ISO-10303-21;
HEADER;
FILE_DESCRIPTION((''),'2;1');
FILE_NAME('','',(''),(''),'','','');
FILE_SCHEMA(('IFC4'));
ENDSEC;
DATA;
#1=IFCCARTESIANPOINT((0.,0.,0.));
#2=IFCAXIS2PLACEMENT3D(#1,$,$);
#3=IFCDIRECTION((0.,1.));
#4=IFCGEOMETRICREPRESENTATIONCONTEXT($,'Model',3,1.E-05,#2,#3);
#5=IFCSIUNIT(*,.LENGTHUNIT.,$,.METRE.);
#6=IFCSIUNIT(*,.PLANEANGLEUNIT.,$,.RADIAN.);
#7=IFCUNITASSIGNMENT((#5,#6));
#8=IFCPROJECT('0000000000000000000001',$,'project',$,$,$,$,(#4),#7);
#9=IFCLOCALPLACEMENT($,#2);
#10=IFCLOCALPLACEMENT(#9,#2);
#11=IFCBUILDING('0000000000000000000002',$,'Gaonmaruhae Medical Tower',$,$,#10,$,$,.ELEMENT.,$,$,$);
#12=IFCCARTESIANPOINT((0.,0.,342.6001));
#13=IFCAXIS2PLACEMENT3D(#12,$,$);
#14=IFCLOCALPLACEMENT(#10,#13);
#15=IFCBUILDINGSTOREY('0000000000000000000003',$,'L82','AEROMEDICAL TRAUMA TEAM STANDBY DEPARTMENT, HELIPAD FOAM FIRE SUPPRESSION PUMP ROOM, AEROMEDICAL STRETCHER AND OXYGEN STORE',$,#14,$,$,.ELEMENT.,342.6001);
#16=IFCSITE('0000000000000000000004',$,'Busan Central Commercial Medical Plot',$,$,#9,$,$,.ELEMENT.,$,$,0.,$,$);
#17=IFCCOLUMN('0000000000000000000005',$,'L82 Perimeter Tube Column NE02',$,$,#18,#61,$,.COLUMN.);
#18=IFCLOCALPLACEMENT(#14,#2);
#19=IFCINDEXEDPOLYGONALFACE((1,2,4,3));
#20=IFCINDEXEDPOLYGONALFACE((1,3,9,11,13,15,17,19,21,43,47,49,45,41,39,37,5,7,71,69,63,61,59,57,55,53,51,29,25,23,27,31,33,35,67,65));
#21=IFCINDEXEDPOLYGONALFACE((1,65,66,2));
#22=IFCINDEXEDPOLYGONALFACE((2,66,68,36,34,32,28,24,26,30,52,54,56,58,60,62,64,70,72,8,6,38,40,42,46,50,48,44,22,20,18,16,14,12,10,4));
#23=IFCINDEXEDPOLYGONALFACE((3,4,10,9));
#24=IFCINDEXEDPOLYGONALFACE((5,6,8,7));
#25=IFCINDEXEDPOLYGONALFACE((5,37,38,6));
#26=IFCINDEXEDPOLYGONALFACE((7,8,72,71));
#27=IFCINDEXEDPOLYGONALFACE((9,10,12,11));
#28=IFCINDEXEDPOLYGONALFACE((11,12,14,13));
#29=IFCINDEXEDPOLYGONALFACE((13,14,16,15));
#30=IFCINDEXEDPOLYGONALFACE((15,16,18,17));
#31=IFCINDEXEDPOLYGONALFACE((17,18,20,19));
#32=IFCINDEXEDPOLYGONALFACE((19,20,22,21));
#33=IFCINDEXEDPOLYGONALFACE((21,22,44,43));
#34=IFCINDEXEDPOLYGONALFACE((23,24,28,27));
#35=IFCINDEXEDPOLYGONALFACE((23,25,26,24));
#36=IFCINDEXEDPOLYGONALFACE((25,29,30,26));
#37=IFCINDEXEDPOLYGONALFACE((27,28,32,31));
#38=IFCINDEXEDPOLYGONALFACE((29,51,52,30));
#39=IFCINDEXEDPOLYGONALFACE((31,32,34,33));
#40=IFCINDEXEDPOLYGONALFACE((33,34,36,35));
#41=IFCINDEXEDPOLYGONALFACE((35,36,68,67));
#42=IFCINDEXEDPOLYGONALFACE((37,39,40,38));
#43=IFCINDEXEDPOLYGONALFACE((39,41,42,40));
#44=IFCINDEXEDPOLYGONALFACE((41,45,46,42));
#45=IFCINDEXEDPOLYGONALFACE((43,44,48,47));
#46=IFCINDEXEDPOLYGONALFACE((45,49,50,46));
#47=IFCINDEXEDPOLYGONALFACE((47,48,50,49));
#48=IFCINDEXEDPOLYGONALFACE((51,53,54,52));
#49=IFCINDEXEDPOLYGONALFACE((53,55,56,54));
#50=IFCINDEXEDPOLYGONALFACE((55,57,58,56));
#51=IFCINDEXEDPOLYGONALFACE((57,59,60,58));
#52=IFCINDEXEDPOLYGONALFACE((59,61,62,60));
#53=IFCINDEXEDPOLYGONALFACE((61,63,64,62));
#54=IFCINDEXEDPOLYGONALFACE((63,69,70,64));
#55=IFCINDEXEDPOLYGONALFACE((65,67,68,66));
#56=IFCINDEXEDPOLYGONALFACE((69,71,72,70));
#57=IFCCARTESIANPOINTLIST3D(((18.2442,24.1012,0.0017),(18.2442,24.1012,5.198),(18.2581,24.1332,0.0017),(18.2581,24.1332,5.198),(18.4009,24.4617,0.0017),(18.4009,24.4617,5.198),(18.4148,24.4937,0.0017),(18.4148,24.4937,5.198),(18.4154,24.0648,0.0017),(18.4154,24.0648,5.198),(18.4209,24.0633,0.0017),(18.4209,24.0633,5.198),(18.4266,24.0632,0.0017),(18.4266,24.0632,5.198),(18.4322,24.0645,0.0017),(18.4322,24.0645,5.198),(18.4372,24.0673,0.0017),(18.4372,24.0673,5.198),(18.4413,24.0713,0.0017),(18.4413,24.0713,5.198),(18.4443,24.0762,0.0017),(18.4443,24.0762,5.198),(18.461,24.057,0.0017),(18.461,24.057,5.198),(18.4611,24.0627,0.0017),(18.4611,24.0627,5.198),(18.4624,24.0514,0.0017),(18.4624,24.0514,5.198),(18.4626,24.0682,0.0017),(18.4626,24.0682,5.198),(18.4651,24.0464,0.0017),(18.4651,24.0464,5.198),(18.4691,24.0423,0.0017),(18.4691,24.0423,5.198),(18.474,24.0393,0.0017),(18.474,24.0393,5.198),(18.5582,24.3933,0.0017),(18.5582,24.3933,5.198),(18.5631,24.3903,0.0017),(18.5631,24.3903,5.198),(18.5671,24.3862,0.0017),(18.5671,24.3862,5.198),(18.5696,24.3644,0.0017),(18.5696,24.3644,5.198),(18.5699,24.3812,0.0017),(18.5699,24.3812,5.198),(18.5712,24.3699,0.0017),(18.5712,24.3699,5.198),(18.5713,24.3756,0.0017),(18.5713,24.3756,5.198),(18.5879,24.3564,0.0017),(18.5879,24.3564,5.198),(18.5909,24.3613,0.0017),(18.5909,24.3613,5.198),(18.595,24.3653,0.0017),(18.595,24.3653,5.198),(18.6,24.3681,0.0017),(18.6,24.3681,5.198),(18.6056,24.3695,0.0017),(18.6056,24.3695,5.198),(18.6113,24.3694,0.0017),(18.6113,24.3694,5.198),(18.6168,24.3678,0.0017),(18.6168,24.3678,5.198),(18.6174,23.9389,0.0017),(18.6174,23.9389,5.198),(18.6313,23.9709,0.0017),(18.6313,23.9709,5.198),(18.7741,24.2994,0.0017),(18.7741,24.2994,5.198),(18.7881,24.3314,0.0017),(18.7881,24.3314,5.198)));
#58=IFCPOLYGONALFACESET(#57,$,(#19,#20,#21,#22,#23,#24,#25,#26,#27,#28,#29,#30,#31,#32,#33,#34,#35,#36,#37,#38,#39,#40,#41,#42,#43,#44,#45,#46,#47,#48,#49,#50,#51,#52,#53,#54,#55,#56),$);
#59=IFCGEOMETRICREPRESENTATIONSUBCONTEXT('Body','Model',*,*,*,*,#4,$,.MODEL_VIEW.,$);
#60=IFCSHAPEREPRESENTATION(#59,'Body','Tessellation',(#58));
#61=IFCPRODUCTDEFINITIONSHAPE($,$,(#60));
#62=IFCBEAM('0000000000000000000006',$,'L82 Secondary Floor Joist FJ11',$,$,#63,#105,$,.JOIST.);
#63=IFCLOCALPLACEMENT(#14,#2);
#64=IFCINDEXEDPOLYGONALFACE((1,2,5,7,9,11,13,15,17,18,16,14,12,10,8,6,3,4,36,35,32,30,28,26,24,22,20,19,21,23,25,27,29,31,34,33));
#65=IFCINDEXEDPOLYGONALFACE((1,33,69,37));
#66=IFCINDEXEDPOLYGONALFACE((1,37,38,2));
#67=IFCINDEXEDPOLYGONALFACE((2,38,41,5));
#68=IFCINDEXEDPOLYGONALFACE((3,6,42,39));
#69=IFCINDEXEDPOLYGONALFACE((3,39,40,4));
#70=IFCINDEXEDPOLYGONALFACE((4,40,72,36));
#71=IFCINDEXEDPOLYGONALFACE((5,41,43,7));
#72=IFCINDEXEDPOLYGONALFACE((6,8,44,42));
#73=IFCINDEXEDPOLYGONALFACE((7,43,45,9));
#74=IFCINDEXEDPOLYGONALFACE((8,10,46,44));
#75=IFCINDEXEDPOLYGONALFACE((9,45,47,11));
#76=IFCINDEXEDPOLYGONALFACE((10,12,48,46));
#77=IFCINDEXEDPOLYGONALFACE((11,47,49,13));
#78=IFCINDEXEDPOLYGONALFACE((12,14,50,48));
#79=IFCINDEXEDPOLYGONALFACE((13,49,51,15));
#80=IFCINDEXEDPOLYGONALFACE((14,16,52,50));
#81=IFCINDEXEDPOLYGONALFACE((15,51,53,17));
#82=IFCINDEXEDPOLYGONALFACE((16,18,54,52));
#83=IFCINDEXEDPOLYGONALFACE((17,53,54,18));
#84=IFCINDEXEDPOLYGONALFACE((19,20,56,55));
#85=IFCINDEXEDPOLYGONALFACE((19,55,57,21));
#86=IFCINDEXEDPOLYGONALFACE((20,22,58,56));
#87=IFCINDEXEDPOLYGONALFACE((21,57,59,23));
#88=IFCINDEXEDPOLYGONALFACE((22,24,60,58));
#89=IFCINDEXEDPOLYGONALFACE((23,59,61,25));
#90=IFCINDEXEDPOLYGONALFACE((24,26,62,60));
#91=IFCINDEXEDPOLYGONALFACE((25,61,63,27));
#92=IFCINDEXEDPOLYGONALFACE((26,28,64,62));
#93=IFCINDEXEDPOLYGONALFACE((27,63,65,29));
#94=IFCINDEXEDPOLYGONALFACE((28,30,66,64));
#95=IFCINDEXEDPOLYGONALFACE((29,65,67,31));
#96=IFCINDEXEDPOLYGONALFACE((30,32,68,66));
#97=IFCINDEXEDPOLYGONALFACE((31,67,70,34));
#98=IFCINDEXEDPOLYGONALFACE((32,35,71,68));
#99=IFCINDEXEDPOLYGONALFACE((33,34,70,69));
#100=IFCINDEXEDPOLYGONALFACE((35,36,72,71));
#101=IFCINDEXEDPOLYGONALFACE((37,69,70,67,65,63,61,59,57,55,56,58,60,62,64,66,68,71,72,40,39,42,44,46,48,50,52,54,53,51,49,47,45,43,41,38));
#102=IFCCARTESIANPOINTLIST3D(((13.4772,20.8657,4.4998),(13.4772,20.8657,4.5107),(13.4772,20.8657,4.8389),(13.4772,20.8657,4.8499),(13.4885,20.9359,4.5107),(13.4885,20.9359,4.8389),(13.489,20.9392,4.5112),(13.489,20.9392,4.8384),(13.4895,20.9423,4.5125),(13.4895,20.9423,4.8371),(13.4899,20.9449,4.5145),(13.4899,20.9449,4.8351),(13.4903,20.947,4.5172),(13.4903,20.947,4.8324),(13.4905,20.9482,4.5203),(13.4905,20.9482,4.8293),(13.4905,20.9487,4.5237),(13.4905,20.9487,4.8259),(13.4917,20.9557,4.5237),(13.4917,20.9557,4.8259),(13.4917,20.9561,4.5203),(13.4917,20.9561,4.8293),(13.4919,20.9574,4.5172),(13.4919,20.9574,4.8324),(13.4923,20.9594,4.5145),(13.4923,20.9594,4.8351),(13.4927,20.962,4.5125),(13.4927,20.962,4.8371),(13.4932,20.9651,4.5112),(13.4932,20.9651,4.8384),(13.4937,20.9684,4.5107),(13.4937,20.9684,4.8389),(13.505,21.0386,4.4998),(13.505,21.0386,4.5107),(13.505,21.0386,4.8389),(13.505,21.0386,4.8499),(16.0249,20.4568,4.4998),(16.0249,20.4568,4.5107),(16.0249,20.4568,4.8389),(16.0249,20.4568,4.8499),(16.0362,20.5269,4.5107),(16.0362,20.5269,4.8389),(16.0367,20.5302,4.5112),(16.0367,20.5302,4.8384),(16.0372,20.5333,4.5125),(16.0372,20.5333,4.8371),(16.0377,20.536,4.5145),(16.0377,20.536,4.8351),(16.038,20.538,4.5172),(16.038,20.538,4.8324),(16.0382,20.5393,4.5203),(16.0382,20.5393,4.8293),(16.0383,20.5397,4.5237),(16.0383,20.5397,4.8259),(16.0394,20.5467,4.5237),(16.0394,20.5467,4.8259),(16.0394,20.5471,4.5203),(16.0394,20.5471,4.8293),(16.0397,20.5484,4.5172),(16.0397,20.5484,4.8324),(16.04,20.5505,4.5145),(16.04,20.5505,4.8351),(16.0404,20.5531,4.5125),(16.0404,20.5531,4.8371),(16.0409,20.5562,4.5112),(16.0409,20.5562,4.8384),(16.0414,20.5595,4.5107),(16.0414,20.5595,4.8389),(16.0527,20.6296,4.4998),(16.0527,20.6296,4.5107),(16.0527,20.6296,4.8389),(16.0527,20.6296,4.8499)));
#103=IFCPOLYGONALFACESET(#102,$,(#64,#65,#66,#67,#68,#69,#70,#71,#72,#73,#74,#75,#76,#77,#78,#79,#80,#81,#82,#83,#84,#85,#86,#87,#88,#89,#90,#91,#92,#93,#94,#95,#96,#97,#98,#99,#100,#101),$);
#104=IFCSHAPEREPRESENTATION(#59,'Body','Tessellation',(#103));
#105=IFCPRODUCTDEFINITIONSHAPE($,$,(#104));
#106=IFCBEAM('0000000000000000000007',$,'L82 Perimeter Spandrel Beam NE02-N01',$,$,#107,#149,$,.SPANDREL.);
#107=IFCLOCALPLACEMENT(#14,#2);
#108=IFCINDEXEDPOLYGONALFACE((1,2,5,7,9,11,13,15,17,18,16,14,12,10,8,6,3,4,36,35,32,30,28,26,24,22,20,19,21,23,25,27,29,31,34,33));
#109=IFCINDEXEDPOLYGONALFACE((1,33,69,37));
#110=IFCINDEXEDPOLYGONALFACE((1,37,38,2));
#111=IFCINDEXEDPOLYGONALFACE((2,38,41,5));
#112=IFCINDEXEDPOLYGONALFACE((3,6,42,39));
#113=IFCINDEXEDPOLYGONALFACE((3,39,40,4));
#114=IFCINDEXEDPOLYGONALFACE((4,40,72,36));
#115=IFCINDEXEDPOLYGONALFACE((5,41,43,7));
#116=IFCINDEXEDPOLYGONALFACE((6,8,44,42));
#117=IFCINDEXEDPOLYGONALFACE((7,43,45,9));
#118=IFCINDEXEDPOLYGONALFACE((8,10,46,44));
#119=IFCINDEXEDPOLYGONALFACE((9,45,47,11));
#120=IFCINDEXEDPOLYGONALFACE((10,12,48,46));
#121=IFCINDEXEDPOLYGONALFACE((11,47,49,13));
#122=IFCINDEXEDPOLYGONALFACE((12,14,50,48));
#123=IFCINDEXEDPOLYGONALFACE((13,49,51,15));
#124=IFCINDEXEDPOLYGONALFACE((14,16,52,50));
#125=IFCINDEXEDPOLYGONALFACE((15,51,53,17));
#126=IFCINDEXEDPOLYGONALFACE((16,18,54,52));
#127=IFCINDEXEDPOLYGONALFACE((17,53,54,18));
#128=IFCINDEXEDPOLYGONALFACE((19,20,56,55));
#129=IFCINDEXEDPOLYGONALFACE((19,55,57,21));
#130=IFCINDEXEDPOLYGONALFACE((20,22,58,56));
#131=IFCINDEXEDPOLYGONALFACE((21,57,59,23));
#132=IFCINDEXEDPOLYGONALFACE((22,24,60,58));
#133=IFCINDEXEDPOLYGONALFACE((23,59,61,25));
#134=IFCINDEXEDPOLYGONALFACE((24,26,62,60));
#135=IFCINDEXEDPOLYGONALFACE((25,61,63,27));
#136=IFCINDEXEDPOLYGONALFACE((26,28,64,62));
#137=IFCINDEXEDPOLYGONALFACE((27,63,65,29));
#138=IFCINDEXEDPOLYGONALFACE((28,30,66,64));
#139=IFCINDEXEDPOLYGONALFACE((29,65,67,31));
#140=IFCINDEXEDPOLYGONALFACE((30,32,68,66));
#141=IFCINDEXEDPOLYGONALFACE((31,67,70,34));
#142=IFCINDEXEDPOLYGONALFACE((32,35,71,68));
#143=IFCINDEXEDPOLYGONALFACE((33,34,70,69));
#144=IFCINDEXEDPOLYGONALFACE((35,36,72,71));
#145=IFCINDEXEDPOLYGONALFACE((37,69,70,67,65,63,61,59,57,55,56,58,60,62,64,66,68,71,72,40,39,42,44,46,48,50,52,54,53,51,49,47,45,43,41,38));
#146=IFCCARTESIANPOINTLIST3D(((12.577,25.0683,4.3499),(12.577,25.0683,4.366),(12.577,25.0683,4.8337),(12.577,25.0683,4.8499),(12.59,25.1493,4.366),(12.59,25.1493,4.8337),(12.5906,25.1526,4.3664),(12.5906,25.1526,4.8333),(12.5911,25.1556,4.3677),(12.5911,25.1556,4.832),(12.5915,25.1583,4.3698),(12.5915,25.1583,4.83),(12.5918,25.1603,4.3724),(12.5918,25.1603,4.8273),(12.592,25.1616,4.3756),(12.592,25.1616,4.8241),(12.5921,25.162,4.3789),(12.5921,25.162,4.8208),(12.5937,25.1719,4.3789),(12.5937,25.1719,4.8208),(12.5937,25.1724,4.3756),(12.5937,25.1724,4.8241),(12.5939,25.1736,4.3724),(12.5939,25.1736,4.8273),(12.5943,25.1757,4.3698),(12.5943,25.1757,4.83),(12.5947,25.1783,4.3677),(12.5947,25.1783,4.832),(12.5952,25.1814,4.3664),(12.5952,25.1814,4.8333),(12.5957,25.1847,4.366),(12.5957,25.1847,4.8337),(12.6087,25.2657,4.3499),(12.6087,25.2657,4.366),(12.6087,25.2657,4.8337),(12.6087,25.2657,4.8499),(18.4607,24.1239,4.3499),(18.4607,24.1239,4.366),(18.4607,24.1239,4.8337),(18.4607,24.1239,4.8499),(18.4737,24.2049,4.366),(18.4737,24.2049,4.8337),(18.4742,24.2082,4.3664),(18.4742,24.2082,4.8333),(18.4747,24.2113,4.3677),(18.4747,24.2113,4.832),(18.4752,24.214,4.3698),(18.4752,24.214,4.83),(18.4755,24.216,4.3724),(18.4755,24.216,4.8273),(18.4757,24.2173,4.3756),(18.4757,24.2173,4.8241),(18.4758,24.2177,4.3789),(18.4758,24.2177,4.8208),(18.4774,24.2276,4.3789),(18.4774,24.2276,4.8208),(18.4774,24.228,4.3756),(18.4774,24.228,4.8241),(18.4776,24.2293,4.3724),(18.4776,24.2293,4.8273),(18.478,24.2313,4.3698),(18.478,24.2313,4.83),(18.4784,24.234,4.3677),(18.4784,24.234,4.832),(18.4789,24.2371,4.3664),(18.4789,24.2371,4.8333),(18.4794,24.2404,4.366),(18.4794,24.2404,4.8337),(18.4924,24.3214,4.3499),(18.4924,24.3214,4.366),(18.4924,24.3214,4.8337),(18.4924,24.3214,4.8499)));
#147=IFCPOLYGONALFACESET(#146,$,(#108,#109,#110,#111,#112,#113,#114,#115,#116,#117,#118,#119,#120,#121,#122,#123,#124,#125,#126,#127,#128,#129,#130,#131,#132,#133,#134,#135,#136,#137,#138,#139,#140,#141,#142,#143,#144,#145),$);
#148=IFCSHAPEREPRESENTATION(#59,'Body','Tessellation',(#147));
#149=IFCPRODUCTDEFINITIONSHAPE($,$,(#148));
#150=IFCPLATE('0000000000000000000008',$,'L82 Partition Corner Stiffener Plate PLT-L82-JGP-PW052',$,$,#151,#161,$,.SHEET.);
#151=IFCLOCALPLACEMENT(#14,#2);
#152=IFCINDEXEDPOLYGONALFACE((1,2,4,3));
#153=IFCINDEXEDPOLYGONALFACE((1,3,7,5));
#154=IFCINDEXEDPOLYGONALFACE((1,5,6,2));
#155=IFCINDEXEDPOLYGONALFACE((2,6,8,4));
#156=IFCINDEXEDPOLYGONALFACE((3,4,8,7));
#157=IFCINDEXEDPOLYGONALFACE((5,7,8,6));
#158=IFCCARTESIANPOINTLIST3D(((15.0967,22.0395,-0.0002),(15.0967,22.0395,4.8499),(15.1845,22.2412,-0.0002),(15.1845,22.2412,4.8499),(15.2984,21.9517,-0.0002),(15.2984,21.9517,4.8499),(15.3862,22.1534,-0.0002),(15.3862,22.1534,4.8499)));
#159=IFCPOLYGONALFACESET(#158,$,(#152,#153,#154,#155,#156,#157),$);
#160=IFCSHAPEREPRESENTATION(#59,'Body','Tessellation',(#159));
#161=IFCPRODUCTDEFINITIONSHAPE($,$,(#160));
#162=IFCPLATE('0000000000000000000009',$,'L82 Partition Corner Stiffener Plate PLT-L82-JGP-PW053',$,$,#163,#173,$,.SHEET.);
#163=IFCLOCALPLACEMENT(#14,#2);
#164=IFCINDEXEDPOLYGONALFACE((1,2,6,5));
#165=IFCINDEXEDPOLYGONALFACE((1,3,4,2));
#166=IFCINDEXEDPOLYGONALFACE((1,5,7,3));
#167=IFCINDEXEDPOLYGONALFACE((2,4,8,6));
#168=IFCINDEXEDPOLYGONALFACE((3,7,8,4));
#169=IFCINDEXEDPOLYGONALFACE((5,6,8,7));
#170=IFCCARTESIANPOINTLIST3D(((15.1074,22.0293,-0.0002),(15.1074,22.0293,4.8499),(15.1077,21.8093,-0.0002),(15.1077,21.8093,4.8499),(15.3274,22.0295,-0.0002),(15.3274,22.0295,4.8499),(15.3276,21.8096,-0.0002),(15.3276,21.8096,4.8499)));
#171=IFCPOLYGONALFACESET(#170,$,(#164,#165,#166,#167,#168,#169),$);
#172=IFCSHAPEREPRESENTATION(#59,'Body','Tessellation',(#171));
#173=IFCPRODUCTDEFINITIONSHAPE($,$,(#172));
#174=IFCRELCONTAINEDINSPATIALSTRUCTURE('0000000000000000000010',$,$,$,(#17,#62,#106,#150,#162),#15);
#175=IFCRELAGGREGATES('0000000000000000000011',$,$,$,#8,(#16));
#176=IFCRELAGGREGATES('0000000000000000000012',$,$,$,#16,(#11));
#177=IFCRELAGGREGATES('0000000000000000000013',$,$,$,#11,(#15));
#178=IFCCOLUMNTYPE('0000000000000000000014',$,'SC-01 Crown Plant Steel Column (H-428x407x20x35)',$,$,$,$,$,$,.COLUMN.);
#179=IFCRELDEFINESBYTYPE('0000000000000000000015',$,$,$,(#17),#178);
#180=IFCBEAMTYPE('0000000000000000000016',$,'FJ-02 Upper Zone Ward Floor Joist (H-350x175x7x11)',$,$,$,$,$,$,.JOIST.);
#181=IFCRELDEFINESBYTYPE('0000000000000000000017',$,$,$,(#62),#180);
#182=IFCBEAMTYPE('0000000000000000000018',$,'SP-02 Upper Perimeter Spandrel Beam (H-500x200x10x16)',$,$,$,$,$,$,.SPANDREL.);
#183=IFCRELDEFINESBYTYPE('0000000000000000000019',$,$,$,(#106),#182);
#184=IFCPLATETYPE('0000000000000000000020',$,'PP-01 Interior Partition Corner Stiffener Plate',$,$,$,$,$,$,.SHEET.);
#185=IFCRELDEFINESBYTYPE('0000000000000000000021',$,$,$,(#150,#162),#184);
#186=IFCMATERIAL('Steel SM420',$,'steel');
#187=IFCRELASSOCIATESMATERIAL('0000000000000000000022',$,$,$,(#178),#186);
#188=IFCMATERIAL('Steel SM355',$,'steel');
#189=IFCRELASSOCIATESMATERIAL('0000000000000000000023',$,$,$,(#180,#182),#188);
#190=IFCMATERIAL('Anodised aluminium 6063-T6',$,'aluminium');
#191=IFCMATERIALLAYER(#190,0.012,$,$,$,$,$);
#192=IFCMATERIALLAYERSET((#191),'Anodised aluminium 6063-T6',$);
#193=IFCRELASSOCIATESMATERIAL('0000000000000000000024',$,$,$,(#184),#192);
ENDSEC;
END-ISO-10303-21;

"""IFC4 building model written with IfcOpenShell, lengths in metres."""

from ifc_helpers import new_model, si_unit, direction, frame, origin, origin_2d, place, context, subcontext, project, spatial, rectangle, i_section, extrude, material, layer, layer_set, material_profile, profile_set, type_object, element, save


model = new_model("IFC4")

# Units and contexts
model_context = context("Model", 3, precision=1e-05, world=origin(), true_north=direction((0.0, 1.0)))
body_context = subcontext(model_context, "Body", "Model", "MODEL_VIEW")
ifc_project = project(units=[si_unit("LENGTHUNIT", "METRE"), si_unit("PLANEANGLEUNIT", "RADIAN")], contexts=[model_context])

# Site, building, storey
site_placement = place(None, origin())
site = spatial("IfcSite", under=ifc_project, at=site_placement, Name="Busan Central Commercial Medical Plot", CompositionType="ELEMENT", RefElevation=0.0)
building_placement = place(site_placement, origin())
building = spatial("IfcBuilding", under=site, at=building_placement, Name="Gaonmaruhae Medical Tower", CompositionType="ELEMENT")
storey_placement = place(building_placement, frame((0.0, 0.0, 342.6001)))
storey = spatial("IfcBuildingStorey", under=building, at=storey_placement, Name="L82", Description="AEROMEDICAL TRAUMA TEAM STANDBY DEPARTMENT, HELIPAD FOAM FIRE SUPPRESSION PUMP ROOM, AEROMEDICAL STRETCHER AND OXYGEN STORE", CompositionType="ELEMENT", Elevation=342.6001)

# Column
ifc_material_1 = material(Name="Steel SM420", Category="steel")
ifc_material_profile_1 = material_profile(ifc_material_1, i_section(OverallWidth=0.407, OverallDepth=0.428, WebThickness=0.02, FlangeThickness=0.0349, FilletRadius=0.022, at=origin_2d()), Name="H-428x407x20x35")
ifc_profile_set_1 = profile_set([ifc_material_profile_1], Name="Steel SM420")
column_type = type_object("IfcColumnType", Name="SC-01 Crown Plant Steel Column (H-428x407x20x35)", PredefinedType="COLUMN", material=ifc_profile_set_1)
column_placement = place(storey_placement, frame((18.5161, 24.2163, 0.0017), z_axis=(0.0, 0.0, 1.0), x_axis=(-0.91706, 0.398749, 0.0)))
element("IfcColumn", 1, at=column_placement, inside=storey, type_object=column_type, Name="L82 Perimeter Tube Column NE02", PredefinedType="COLUMN", context=body_context, shape_type="SweptSolid", body=[
    extrude(i_section(OverallWidth=0.407, OverallDepth=0.428, WebThickness=0.02, FlangeThickness=0.0349, FilletRadius=0.022, at=origin_2d()), origin(), (0.0, 0.0, 1.0), 5.1963),
])

# Beams
ifc_material_2 = material(Name="Steel SM355", Category="steel")
ifc_material_profile_2 = material_profile(ifc_material_2, i_section(OverallWidth=0.175, OverallDepth=0.3501, WebThickness=0.0071, FlangeThickness=0.011, FilletRadius=0.0129, at=origin_2d()), Name="H-350x175x7x11")
ifc_profile_set_2 = profile_set([ifc_material_profile_2], Name="Steel SM355")
beam_type_1 = type_object("IfcBeamType", Name="FJ-02 Upper Zone Ward Floor Joist (H-350x175x7x11)", PredefinedType="JOIST", material=ifc_profile_set_2)
beam_1_placement = place(storey_placement, frame((16.0388, 20.5432, 4.6748), z_axis=(-0.987361, 0.158489, 0.0), x_axis=(-0.158489, -0.987361, 0.0)))
element("IfcBeam", 2, at=beam_1_placement, inside=storey, type_object=beam_type_1, Name="L82 Secondary Floor Joist FJ11", PredefinedType="JOIST", context=body_context, shape_type="SweptSolid", body=[
    extrude(i_section(OverallWidth=0.175, OverallDepth=0.3501, WebThickness=0.0071, FlangeThickness=0.011, FilletRadius=0.0129, at=origin_2d()), origin(), (0.0, 0.0, 1.0), 2.5803),
])
ifc_material_profile_3 = material_profile(ifc_material_2, i_section(OverallWidth=0.2, OverallDepth=0.5, WebThickness=0.01, FlangeThickness=0.0161, FilletRadius=0.0129, at=origin_2d()), Name="H-500x200x10x16")
ifc_profile_set_3 = profile_set([ifc_material_profile_3], Name="Steel SM355")
beam_type_2 = type_object("IfcBeamType", Name="SP-02 Upper Perimeter Spandrel Beam (H-500x200x10x16)", PredefinedType="SPANDREL", material=ifc_profile_set_3)
beam_2_placement = place(storey_placement, frame((18.4766, 24.2227, 4.5999), z_axis=(-0.987364, 0.15847, 0.0), x_axis=(-0.15847, -0.987364, 0.0)))
element("IfcBeam", 3, at=beam_2_placement, inside=storey, type_object=beam_type_2, Name="L82 Perimeter Spandrel Beam NE02-N01", PredefinedType="SPANDREL", context=body_context, shape_type="SweptSolid", body=[
    extrude(i_section(OverallWidth=0.2, OverallDepth=0.5, WebThickness=0.01, FlangeThickness=0.0161, FilletRadius=0.0129, at=origin_2d()), origin(), (0.0, 0.0, 1.0), 5.959),
])

# Plates
ifc_material_3 = material(Name="Anodised aluminium 6063-T6", Category="aluminium")
ifc_layer_1 = layer(ifc_material_3, 0.012)
ifc_layer_set_1 = layer_set([ifc_layer_1], Name="Anodised aluminium 6063-T6")
plate_type = type_object("IfcPlateType", Name="PP-01 Interior Partition Corner Stiffener Plate", PredefinedType="SHEET", material=ifc_layer_set_1)
for number, where, z_axis, x_axis, name in (
    (4, (15.2415, 22.0964, -0.0002), (0.0, 0.0, 1.0), (0.916907, -0.399101, 0.0), "L82 Partition Corner Stiffener Plate PLT-L82-JGP-PW052"),
    (5, (15.2175, 21.9194, -0.0002), (0.0, 0.0, 1.0), (-0.999999, -0.001169, 0.0), "L82 Partition Corner Stiffener Plate PLT-L82-JGP-PW053"),
):
    element("IfcPlate", number, at=place(storey_placement, frame(where, z_axis=z_axis, x_axis=x_axis)), inside=storey, type_object=plate_type, Name=name, PredefinedType="SHEET", context=body_context, shape_type="SweptSolid", body=[
        extrude(rectangle(XDim=0.22, YDim=0.22, at=origin_2d()), origin(), (0.0, 0.0, 1.0), 4.8501),
    ])

save(model, "model.ifc")
